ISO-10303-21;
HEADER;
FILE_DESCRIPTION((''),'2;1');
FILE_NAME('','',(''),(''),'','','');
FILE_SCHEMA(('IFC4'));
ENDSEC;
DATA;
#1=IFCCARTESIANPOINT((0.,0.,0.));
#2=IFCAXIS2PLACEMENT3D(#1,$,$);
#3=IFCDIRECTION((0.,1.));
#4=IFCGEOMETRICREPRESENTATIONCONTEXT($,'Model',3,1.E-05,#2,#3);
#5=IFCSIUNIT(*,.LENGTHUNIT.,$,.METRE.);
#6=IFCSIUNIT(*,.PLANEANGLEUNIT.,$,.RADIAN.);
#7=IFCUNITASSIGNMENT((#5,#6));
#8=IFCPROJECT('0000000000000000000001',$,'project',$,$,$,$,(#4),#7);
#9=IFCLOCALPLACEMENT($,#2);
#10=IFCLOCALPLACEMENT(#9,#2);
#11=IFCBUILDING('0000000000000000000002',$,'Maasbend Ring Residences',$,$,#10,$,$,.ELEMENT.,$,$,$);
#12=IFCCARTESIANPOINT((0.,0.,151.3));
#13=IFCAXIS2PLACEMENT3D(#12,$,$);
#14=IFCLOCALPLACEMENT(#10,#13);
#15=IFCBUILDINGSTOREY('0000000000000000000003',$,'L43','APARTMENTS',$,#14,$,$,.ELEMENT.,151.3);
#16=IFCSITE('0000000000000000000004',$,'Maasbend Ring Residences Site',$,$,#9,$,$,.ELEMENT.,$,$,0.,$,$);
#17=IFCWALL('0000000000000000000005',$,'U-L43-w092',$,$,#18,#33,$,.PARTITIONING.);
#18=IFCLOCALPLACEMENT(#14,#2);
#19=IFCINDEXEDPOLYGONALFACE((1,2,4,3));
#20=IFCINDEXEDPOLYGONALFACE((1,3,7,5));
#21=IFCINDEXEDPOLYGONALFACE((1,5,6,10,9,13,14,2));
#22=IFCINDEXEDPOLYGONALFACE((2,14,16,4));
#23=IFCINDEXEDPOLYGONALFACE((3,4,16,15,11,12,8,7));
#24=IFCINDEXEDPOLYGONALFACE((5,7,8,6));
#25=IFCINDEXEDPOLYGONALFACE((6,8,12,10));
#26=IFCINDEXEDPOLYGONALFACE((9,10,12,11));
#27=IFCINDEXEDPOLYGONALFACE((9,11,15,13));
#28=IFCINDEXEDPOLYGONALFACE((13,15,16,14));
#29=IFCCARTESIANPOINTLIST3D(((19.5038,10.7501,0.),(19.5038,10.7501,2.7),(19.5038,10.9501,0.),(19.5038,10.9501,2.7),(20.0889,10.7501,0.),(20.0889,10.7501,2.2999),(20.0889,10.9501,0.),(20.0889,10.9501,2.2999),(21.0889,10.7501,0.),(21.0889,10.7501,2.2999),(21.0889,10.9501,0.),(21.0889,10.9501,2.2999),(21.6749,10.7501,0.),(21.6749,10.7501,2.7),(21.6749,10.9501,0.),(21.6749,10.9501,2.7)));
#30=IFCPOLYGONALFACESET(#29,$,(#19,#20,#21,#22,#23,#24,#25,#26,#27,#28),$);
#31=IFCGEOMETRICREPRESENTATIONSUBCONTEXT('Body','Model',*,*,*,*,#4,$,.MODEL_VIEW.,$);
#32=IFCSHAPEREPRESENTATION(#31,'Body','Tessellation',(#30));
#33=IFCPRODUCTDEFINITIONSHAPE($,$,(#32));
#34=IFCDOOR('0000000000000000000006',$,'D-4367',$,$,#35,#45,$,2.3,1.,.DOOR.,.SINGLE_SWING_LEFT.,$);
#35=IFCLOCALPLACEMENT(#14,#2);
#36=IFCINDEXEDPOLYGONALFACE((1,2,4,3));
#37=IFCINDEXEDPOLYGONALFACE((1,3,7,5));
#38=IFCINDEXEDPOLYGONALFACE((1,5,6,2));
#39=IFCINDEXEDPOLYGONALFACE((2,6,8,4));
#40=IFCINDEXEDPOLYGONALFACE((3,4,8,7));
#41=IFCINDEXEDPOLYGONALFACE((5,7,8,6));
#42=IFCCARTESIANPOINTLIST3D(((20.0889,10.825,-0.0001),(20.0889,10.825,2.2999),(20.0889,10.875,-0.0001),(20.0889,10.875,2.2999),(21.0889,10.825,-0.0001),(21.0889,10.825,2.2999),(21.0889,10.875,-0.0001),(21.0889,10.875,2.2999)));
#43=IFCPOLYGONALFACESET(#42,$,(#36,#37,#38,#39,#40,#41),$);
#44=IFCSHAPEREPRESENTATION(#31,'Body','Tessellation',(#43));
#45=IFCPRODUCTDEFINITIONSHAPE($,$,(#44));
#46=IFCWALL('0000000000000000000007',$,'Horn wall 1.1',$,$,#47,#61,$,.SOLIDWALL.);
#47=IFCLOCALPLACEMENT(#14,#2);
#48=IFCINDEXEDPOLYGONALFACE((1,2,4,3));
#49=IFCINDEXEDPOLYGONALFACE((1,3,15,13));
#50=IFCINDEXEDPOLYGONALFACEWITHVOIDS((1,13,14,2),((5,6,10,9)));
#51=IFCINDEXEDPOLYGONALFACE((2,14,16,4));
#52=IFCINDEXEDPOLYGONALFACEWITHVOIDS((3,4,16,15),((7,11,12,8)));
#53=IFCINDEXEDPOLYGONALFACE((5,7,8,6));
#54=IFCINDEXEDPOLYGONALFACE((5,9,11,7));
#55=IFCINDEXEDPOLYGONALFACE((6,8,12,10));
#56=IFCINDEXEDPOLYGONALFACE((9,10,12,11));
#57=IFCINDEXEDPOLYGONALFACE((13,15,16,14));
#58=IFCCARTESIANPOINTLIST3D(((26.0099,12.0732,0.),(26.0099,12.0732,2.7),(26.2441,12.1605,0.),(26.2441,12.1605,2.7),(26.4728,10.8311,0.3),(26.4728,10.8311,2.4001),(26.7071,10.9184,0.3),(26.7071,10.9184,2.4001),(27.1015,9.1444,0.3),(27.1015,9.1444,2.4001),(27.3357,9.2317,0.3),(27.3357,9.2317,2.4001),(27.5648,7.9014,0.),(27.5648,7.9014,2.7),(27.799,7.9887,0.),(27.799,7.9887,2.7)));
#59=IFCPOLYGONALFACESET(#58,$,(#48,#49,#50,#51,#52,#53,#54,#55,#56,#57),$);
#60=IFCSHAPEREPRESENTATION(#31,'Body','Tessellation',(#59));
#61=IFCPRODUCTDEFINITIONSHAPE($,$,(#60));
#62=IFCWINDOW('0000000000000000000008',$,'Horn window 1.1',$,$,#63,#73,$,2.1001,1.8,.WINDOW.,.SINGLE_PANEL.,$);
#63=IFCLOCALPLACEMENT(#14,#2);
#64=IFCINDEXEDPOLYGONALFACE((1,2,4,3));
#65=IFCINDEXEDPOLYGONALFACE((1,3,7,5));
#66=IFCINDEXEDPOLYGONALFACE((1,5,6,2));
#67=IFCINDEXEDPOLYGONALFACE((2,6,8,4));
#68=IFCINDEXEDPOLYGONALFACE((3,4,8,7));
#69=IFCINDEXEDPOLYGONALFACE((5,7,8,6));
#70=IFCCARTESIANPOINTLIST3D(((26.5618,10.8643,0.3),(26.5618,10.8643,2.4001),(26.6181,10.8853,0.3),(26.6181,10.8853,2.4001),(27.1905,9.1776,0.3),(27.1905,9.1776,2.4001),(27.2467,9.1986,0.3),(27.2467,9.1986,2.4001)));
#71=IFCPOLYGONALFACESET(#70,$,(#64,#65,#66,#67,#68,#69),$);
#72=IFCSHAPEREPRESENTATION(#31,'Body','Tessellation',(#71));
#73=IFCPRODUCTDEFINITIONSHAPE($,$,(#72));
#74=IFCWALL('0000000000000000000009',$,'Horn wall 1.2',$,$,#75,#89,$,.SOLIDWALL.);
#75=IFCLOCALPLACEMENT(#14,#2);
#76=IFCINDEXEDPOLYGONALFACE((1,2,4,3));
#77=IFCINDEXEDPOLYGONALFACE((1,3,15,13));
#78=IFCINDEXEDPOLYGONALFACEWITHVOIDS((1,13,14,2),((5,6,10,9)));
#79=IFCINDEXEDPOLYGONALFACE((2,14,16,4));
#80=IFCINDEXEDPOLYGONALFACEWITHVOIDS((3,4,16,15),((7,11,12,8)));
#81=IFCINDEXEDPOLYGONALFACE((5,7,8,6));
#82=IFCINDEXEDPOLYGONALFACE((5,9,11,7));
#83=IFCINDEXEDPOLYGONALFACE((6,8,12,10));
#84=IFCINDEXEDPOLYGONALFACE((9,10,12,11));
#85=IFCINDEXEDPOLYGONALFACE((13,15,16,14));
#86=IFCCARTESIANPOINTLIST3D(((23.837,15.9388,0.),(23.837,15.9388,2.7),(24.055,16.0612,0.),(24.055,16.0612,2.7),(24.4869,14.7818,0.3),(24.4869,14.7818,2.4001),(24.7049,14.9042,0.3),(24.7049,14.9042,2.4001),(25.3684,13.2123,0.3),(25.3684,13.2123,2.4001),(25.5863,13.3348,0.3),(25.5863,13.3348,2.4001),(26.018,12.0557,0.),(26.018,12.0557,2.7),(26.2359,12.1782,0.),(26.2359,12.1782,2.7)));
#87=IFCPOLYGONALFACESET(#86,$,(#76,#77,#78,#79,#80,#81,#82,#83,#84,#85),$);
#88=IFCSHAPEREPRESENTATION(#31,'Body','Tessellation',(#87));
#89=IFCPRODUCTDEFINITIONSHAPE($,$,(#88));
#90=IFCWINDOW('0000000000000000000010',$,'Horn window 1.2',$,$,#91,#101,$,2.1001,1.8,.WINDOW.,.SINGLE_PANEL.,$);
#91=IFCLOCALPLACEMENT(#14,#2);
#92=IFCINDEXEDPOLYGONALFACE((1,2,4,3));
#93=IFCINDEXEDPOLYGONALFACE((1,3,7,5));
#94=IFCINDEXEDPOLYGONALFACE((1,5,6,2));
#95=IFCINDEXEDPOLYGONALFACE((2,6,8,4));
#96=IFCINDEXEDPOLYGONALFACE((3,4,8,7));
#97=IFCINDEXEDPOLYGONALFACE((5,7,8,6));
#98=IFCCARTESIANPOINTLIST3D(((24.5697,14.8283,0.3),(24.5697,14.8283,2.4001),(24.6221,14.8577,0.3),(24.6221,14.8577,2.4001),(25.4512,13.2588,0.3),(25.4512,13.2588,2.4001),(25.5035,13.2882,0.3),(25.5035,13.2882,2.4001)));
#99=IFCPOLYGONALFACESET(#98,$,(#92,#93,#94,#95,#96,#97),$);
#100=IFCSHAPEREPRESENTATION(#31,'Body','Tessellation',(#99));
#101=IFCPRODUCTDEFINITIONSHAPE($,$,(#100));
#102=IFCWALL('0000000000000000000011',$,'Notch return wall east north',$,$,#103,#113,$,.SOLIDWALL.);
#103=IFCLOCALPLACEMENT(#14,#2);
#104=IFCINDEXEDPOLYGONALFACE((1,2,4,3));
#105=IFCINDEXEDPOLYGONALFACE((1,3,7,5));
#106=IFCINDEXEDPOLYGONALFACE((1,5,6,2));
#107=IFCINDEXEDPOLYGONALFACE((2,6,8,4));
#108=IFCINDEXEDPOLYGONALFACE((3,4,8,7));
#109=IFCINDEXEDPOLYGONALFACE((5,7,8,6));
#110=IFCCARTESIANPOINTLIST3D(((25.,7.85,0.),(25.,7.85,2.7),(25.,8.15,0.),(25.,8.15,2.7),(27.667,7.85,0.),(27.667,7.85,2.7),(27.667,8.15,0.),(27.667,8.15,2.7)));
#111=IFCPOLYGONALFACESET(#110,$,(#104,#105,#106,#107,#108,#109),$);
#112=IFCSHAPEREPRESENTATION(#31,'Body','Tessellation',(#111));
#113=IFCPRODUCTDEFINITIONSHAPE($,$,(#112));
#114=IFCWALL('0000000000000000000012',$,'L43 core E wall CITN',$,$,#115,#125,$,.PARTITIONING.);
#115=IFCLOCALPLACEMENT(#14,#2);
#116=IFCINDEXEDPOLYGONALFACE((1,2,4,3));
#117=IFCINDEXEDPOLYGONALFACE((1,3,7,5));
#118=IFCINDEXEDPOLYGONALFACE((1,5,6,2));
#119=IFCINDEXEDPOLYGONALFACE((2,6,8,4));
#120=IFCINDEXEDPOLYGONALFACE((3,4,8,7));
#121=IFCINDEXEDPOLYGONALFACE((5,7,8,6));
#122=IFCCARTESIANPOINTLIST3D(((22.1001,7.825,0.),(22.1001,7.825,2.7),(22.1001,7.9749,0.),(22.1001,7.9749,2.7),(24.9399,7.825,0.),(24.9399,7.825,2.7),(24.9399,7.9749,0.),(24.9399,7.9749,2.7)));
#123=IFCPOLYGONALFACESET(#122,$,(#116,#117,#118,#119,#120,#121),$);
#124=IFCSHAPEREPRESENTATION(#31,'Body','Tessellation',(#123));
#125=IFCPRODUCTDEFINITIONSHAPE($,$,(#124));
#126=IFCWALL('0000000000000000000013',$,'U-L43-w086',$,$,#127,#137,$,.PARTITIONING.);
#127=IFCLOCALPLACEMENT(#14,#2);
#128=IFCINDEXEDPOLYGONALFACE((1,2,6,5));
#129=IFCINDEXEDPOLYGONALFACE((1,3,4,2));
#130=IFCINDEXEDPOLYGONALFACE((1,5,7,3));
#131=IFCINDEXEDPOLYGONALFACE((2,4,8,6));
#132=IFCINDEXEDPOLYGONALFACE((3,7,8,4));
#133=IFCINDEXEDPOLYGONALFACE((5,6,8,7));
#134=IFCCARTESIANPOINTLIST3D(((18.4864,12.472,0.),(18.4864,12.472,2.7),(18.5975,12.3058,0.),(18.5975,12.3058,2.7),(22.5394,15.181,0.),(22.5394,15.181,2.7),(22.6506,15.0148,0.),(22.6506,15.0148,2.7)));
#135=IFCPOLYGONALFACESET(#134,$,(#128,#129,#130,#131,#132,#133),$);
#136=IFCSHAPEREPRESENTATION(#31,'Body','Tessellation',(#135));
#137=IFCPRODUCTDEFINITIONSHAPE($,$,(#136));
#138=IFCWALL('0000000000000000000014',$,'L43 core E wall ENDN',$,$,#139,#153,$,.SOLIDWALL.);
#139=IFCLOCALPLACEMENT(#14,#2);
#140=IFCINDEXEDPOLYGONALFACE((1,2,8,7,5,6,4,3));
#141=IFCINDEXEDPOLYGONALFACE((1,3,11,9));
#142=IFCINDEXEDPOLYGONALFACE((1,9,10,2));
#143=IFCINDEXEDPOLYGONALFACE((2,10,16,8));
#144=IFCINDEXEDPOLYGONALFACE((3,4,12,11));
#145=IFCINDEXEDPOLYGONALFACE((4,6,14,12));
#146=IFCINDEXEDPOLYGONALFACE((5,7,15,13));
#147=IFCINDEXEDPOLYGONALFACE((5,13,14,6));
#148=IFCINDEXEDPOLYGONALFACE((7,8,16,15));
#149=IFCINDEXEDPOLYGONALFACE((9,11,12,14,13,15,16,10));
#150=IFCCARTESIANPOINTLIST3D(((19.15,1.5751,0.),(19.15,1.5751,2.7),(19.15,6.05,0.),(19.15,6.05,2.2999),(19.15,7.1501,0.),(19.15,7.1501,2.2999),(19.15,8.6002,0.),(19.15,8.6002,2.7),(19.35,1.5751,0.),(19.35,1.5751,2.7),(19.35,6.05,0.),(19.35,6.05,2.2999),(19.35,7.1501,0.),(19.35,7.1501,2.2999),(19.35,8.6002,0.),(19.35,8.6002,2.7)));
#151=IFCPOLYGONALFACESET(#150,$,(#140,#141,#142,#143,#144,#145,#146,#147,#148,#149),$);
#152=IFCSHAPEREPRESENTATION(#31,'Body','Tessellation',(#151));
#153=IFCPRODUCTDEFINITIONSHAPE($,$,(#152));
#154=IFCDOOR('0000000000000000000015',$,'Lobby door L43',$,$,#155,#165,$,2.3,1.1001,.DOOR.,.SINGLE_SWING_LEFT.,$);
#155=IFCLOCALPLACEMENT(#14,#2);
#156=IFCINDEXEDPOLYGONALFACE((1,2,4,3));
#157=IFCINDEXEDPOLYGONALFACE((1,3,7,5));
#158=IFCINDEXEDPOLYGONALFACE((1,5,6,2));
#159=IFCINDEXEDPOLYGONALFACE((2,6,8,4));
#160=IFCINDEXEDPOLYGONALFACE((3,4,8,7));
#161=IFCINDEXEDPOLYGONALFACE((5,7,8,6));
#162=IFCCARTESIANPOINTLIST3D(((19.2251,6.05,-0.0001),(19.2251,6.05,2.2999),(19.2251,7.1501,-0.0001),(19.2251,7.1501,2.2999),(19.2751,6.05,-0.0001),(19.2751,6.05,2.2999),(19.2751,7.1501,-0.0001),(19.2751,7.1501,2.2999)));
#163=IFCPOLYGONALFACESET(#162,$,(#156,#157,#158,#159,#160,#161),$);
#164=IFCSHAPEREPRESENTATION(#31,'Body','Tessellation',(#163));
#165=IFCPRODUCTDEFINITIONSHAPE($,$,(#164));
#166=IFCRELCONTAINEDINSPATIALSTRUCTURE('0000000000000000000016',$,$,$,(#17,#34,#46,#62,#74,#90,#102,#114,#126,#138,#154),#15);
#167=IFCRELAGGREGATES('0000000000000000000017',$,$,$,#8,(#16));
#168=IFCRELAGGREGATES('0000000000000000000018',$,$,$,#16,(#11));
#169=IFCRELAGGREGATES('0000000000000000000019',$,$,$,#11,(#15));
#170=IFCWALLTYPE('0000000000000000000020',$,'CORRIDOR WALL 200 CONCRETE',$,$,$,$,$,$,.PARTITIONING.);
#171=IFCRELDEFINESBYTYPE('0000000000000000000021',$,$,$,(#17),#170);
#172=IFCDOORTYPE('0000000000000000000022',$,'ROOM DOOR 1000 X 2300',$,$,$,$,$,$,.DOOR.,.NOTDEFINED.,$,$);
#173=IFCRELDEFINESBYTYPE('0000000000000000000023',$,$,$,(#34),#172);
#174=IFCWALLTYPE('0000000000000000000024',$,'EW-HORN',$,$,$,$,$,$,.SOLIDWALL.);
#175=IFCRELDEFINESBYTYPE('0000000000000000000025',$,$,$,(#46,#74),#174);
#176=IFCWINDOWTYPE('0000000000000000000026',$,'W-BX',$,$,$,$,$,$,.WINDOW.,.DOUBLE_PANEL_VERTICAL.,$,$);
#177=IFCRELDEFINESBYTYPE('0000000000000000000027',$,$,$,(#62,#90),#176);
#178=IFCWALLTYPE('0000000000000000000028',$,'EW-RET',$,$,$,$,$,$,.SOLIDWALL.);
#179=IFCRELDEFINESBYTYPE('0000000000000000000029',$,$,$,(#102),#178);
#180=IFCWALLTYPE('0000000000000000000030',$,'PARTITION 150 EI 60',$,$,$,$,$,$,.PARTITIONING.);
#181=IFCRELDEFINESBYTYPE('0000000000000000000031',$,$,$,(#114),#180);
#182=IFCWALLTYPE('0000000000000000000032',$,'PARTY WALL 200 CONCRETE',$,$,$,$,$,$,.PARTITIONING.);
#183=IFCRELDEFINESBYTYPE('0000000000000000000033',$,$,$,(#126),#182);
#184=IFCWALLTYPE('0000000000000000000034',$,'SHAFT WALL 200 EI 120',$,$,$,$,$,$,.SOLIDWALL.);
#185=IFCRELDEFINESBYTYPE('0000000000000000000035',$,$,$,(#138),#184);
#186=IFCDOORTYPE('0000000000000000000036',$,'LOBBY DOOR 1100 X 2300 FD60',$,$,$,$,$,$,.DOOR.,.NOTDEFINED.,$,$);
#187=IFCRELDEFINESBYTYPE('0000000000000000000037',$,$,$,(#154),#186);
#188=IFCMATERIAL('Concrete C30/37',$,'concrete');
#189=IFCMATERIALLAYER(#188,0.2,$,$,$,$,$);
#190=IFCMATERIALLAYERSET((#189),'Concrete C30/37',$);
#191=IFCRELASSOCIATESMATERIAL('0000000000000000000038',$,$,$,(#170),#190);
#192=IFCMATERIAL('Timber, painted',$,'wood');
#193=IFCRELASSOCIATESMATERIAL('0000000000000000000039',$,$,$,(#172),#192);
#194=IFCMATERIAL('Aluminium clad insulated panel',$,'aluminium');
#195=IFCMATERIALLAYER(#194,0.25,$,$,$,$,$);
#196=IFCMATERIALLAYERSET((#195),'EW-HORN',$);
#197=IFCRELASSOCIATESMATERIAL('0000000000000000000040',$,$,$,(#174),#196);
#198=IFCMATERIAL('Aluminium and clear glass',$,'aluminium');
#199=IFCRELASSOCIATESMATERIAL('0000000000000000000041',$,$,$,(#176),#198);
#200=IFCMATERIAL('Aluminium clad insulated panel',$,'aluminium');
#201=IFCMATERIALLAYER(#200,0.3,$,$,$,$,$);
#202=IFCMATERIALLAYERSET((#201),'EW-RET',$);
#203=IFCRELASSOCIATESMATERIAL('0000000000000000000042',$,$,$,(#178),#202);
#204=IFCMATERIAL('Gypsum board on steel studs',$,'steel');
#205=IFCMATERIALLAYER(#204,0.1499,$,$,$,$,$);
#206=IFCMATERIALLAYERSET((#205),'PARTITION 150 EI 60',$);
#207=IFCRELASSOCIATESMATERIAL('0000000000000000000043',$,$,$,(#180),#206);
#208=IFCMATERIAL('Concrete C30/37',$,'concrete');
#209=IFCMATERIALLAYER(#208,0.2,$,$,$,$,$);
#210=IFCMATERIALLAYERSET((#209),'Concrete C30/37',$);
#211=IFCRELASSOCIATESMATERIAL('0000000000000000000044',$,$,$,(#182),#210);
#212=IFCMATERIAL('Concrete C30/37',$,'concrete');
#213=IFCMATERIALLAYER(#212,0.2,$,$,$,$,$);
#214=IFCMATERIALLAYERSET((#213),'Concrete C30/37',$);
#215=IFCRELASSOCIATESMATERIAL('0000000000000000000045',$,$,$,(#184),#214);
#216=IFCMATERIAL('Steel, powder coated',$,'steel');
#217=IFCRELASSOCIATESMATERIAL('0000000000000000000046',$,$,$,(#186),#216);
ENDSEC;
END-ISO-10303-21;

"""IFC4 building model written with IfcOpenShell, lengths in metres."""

from ifc_helpers import new_model, si_unit, direction, frame, frame_2d, origin, place, context, subcontext, project, spatial, rectangle, extrude, material, layer, layer_set, type_object, element, fill, save


model = new_model("IFC4")

# Units and contexts
model_context = context("Model", 3, precision=1e-05, world=origin(), true_north=direction((0.0, 1.0)))
body_context = subcontext(model_context, "Body", "Model", "MODEL_VIEW")
ifc_project = project(units=[si_unit("LENGTHUNIT", "METRE"), si_unit("PLANEANGLEUNIT", "RADIAN")], contexts=[model_context])

# Site, building, storey
site_placement = place(None, origin())
site = spatial("IfcSite", under=ifc_project, at=site_placement, Name="Maasbend Ring Residences Site", CompositionType="ELEMENT", RefElevation=0.0)
building_placement = place(site_placement, origin())
building = spatial("IfcBuilding", under=site, at=building_placement, Name="Maasbend Ring Residences", CompositionType="ELEMENT")
storey_placement = place(building_placement, frame((0.0, 0.0, 151.3)))
storey = spatial("IfcBuildingStorey", under=building, at=storey_placement, Name="L43", Description="APARTMENTS", CompositionType="ELEMENT", Elevation=151.3)

# Shared definitions
ifc_material_1 = material(Name="Concrete C30/37", Category="concrete")
ifc_layer_1 = layer(ifc_material_1, 0.2)
ifc_layer_set_1 = layer_set([ifc_layer_1], Name="Concrete C30/37")
wall_type_1 = type_object("IfcWallType", Name="CORRIDOR WALL 200 CONCRETE", PredefinedType="PARTITIONING", material=ifc_layer_set_1)

# Wall, opening, door
wall_1_placement = place(storey_placement, frame((19.5039, 10.8501, 0.0), z_axis=(0.0, 0.0, 1.0), x_axis=(1.0, 0.0, 0.0)))
wall_1 = element("IfcWall", 1, at=wall_1_placement, inside=storey, type_object=wall_type_1, Name="U-L43-w092", PredefinedType="PARTITIONING", context=body_context, shape_type="SweptSolid", body=[
    extrude(rectangle(XDim=2.1711, YDim=0.2, at=frame_2d((1.0854, 0.0))), origin(), (0.0, 0.0, 1.0), 2.7),
])
opening_1_placement = place(wall_1_placement, frame((0.585, 0.0, 0.0)))
opening_1 = element("IfcOpeningElement", 2, at=opening_1_placement, cuts=wall_1, PredefinedType="OPENING", context=body_context, shape_type="SweptSolid", body=[
    extrude(rectangle(XDim=1.0, YDim=2.3, at=frame_2d((0.5, 1.1499))), frame((0.0, 0.1099, 0.0), z_axis=(0.0, -1.0, 0.0), x_axis=(1.0, 0.0, 0.0)), (0.0, 0.0, 1.0), 0.22),
])
ifc_material_2 = material(Name="Timber, painted", Category="wood")
door_type_1 = type_object("IfcDoorType", Name="ROOM DOOR 1000 X 2300", OperationType="NOTDEFINED", PredefinedType="DOOR", material=ifc_material_2)
door_1_placement = place(opening_1_placement, origin())
door_1 = element("IfcDoor", 3, at=door_1_placement, inside=storey, type_object=door_type_1, Name="D-4367", OperationType="SINGLE_SWING_LEFT", OverallHeight=2.3, OverallWidth=1.0, PredefinedType="DOOR", context=body_context, shape_type="SweptSolid", body=[
    extrude(rectangle(XDim=1.0, YDim=2.3, at=frame_2d((0.5, 1.1499))), frame((0.0, 0.0249, 0.0), z_axis=(0.0, -1.0, 0.0), x_axis=(1.0, 0.0, 0.0)), (0.0, 0.0, 1.0), 0.05),
])
fill(opening_1, door_1)

# Walls, openings, windows
ifc_material_3 = material(Name="Aluminium clad insulated panel", Category="aluminium")
ifc_layer_2 = layer(ifc_material_3, 0.25)
ifc_layer_set_2 = layer_set([ifc_layer_2], Name="EW-HORN")
wall_type_2 = type_object("IfcWallType", Name="EW-HORN", PredefinedType="SOLIDWALL", material=ifc_layer_set_2)
wall_2_placement = place(storey_placement, frame((27.6819, 7.9451, 0.0), z_axis=(0.0, 0.0, 1.0), x_axis=(-0.349248, 0.93703, 0.0)))
wall_2 = element("IfcWall", 4, at=wall_2_placement, inside=storey, type_object=wall_type_2, Name="Horn wall 1.1", PredefinedType="SOLIDWALL", context=body_context, shape_type="SweptSolid", body=[
    extrude(rectangle(XDim=4.4521, YDim=0.25, at=frame_2d((2.2261, 0.0))), origin(), (0.0, 0.0, 1.0), 2.7),
])
opening_2_placement = place(wall_2_placement, frame((1.3267, 0.0, 0.3)))
opening_2 = element("IfcOpeningElement", 5, at=opening_2_placement, cuts=wall_2, PredefinedType="OPENING", context=body_context, shape_type="SweptSolid", body=[
    extrude(rectangle(XDim=1.8, YDim=2.1001, at=frame_2d((0.8999, 1.05))), frame((0.0, 0.135, 0.0), z_axis=(0.0, -1.0, 0.0), x_axis=(1.0, 0.0, 0.0)), (0.0, 0.0, 1.0), 0.27),
])
ifc_material_4 = material(Name="Aluminium and clear glass", Category="aluminium")
window_type = type_object("IfcWindowType", Name="W-BX", PartitioningType="DOUBLE_PANEL_VERTICAL", PredefinedType="WINDOW", material=ifc_material_4)
window_1_placement = place(opening_2_placement, origin())
window_1 = element("IfcWindow", 6, at=window_1_placement, inside=storey, type_object=window_type, Name="Horn window 1.1", OverallHeight=2.1001, OverallWidth=1.8, PartitioningType="SINGLE_PANEL", PredefinedType="WINDOW", context=body_context, shape_type="SweptSolid", body=[
    extrude(rectangle(XDim=1.8, YDim=2.1001, at=frame_2d((0.8999, 1.05))), frame((0.0, 0.03, 0.0), z_axis=(0.0, -1.0, 0.0), x_axis=(1.0, 0.0, 0.0)), (0.0, 0.0, 1.0), 0.0601),
])
fill(opening_2, window_1)
wall_3_placement = place(storey_placement, frame((26.127, 12.1169, 0.0), z_axis=(0.0, 0.0, 1.0), x_axis=(-0.489696, 0.871893, 0.0)))
wall_3 = element("IfcWall", 7, at=wall_3_placement, inside=storey, type_object=wall_type_2, Name="Horn wall 1.2", PredefinedType="SOLIDWALL", context=body_context, shape_type="SweptSolid", body=[
    extrude(rectangle(XDim=4.4536, YDim=0.25, at=frame_2d((2.2268, 0.0))), origin(), (0.0, 0.0, 1.0), 2.7),
])
opening_3_placement = place(wall_3_placement, frame((1.3267, 0.0, 0.3)))
opening_3 = element("IfcOpeningElement", 8, at=opening_3_placement, cuts=wall_3, PredefinedType="OPENING", context=body_context, shape_type="SweptSolid", body=[
    extrude(rectangle(XDim=1.8, YDim=2.1001, at=frame_2d((0.8999, 1.05))), frame((0.0, 0.135, 0.0), z_axis=(0.0, -1.0, 0.0), x_axis=(1.0, 0.0, 0.0)), (0.0, 0.0, 1.0), 0.27),
])
window_2_placement = place(opening_3_placement, origin())
window_2 = element("IfcWindow", 9, at=window_2_placement, inside=storey, type_object=window_type, Name="Horn window 1.2", OverallHeight=2.1001, OverallWidth=1.8, PartitioningType="SINGLE_PANEL", PredefinedType="WINDOW", context=body_context, shape_type="SweptSolid", body=[
    extrude(rectangle(XDim=1.8, YDim=2.1001, at=frame_2d((0.8999, 1.05))), frame((0.0, 0.03, 0.0), z_axis=(0.0, -1.0, 0.0), x_axis=(1.0, 0.0, 0.0)), (0.0, 0.0, 1.0), 0.0601),
])
fill(opening_3, window_2)

# Walls
ifc_material_5 = material(Name="Aluminium clad insulated panel", Category="aluminium")
ifc_layer_3 = layer(ifc_material_5, 0.3)
ifc_layer_set_3 = layer_set([ifc_layer_3], Name="EW-RET")
wall_type_3 = type_object("IfcWallType", Name="EW-RET", PredefinedType="SOLIDWALL", material=ifc_layer_set_3)
wall_4_placement = place(storey_placement, frame((25.0, 8.0, 0.0), z_axis=(0.0, 0.0, 1.0), x_axis=(1.0, 0.0, 0.0)))
element("IfcWall", 10, at=wall_4_placement, inside=storey, type_object=wall_type_3, Name="Notch return wall east north", PredefinedType="SOLIDWALL", context=body_context, shape_type="SweptSolid", body=[
    extrude(rectangle(XDim=2.667, YDim=0.3, at=frame_2d((1.3335, 0.0))), origin(), (0.0, 0.0, 1.0), 2.7),
])
ifc_material_6 = material(Name="Gypsum board on steel studs", Category="steel")
ifc_layer_4 = layer(ifc_material_6, 0.1499)
ifc_layer_set_4 = layer_set([ifc_layer_4], Name="PARTITION 150 EI 60")
wall_type_4 = type_object("IfcWallType", Name="PARTITION 150 EI 60", PredefinedType="PARTITIONING", material=ifc_layer_set_4)
wall_5_placement = place(storey_placement, frame((22.1001, 7.8999, 0.0), z_axis=(0.0, 0.0, 1.0), x_axis=(1.0, 0.0, 0.0)))
element("IfcWall", 11, at=wall_5_placement, inside=storey, type_object=wall_type_4, Name="L43 core E wall CITN", PredefinedType="PARTITIONING", context=body_context, shape_type="SweptSolid", body=[
    extrude(rectangle(XDim=2.8398, YDim=0.1499, at=frame_2d((1.4199, 0.0))), origin(), (0.0, 0.0, 1.0), 2.7),
])
ifc_material_7 = material(Name="Concrete C30/37", Category="concrete")
ifc_layer_5 = layer(ifc_material_7, 0.2)
ifc_layer_set_5 = layer_set([ifc_layer_5], Name="Concrete C30/37")
wall_type_5 = type_object("IfcWallType", Name="PARTY WALL 200 CONCRETE", PredefinedType="PARTITIONING", material=ifc_layer_set_5)
wall_6_placement = place(storey_placement, frame((18.542, 12.3889, 0.0), z_axis=(0.0, 0.0, 1.0), x_axis=(0.831387, 0.555694, 0.0)))
element("IfcWall", 12, at=wall_6_placement, inside=storey, type_object=wall_type_5, Name="U-L43-w086", PredefinedType="PARTITIONING", context=body_context, shape_type="SweptSolid", body=[
    extrude(rectangle(XDim=4.875, YDim=0.2, at=frame_2d((2.4375, 0.0))), origin(), (0.0, 0.0, 1.0), 2.7),
])

# Wall, opening, door
ifc_material_8 = material(Name="Concrete C30/37", Category="concrete")
ifc_layer_6 = layer(ifc_material_8, 0.2)
ifc_layer_set_6 = layer_set([ifc_layer_6], Name="Concrete C30/37")
wall_type_6 = type_object("IfcWallType", Name="SHAFT WALL 200 EI 120", PredefinedType="SOLIDWALL", material=ifc_layer_set_6)
wall_7_placement = place(storey_placement, frame((19.25, 1.575, 0.0), z_axis=(0.0, 0.0, 1.0), x_axis=(0.0, 1.0, 0.0)))
wall_7 = element("IfcWall", 13, at=wall_7_placement, inside=storey, type_object=wall_type_6, Name="L43 core E wall ENDN", PredefinedType="SOLIDWALL", context=body_context, shape_type="SweptSolid", body=[
    extrude(rectangle(XDim=7.0251, YDim=0.2, at=frame_2d((3.5127, 0.0))), origin(), (0.0, 0.0, 1.0), 2.7),
])
opening_4_placement = place(wall_7_placement, frame((4.4751, 0.0, 0.0)))
opening_4 = element("IfcOpeningElement", 14, at=opening_4_placement, cuts=wall_7, PredefinedType="OPENING", context=body_context, shape_type="SweptSolid", body=[
    extrude(rectangle(XDim=1.1001, YDim=2.3, at=frame_2d((0.55, 1.1499))), frame((0.0, 0.1099, 0.0), z_axis=(0.0, -1.0, 0.0), x_axis=(1.0, 0.0, 0.0)), (0.0, 0.0, 1.0), 0.22),
])
ifc_material_9 = material(Name="Steel, powder coated", Category="steel")
door_type_2 = type_object("IfcDoorType", Name="LOBBY DOOR 1100 X 2300 FD60", OperationType="NOTDEFINED", PredefinedType="DOOR", material=ifc_material_9)
door_2_placement = place(opening_4_placement, origin())
door_2 = element("IfcDoor", 15, at=door_2_placement, inside=storey, type_object=door_type_2, Name="Lobby door L43", OperationType="SINGLE_SWING_LEFT", OverallHeight=2.3, OverallWidth=1.1001, PredefinedType="DOOR", context=body_context, shape_type="SweptSolid", body=[
    extrude(rectangle(XDim=1.1001, YDim=2.3, at=frame_2d((0.55, 1.1499))), frame((0.0, 0.0249, 0.0), z_axis=(0.0, -1.0, 0.0), x_axis=(1.0, 0.0, 0.0)), (0.0, 0.0, 1.0), 0.05),
])
fill(opening_4, door_2)

save(model, "model.ifc")
